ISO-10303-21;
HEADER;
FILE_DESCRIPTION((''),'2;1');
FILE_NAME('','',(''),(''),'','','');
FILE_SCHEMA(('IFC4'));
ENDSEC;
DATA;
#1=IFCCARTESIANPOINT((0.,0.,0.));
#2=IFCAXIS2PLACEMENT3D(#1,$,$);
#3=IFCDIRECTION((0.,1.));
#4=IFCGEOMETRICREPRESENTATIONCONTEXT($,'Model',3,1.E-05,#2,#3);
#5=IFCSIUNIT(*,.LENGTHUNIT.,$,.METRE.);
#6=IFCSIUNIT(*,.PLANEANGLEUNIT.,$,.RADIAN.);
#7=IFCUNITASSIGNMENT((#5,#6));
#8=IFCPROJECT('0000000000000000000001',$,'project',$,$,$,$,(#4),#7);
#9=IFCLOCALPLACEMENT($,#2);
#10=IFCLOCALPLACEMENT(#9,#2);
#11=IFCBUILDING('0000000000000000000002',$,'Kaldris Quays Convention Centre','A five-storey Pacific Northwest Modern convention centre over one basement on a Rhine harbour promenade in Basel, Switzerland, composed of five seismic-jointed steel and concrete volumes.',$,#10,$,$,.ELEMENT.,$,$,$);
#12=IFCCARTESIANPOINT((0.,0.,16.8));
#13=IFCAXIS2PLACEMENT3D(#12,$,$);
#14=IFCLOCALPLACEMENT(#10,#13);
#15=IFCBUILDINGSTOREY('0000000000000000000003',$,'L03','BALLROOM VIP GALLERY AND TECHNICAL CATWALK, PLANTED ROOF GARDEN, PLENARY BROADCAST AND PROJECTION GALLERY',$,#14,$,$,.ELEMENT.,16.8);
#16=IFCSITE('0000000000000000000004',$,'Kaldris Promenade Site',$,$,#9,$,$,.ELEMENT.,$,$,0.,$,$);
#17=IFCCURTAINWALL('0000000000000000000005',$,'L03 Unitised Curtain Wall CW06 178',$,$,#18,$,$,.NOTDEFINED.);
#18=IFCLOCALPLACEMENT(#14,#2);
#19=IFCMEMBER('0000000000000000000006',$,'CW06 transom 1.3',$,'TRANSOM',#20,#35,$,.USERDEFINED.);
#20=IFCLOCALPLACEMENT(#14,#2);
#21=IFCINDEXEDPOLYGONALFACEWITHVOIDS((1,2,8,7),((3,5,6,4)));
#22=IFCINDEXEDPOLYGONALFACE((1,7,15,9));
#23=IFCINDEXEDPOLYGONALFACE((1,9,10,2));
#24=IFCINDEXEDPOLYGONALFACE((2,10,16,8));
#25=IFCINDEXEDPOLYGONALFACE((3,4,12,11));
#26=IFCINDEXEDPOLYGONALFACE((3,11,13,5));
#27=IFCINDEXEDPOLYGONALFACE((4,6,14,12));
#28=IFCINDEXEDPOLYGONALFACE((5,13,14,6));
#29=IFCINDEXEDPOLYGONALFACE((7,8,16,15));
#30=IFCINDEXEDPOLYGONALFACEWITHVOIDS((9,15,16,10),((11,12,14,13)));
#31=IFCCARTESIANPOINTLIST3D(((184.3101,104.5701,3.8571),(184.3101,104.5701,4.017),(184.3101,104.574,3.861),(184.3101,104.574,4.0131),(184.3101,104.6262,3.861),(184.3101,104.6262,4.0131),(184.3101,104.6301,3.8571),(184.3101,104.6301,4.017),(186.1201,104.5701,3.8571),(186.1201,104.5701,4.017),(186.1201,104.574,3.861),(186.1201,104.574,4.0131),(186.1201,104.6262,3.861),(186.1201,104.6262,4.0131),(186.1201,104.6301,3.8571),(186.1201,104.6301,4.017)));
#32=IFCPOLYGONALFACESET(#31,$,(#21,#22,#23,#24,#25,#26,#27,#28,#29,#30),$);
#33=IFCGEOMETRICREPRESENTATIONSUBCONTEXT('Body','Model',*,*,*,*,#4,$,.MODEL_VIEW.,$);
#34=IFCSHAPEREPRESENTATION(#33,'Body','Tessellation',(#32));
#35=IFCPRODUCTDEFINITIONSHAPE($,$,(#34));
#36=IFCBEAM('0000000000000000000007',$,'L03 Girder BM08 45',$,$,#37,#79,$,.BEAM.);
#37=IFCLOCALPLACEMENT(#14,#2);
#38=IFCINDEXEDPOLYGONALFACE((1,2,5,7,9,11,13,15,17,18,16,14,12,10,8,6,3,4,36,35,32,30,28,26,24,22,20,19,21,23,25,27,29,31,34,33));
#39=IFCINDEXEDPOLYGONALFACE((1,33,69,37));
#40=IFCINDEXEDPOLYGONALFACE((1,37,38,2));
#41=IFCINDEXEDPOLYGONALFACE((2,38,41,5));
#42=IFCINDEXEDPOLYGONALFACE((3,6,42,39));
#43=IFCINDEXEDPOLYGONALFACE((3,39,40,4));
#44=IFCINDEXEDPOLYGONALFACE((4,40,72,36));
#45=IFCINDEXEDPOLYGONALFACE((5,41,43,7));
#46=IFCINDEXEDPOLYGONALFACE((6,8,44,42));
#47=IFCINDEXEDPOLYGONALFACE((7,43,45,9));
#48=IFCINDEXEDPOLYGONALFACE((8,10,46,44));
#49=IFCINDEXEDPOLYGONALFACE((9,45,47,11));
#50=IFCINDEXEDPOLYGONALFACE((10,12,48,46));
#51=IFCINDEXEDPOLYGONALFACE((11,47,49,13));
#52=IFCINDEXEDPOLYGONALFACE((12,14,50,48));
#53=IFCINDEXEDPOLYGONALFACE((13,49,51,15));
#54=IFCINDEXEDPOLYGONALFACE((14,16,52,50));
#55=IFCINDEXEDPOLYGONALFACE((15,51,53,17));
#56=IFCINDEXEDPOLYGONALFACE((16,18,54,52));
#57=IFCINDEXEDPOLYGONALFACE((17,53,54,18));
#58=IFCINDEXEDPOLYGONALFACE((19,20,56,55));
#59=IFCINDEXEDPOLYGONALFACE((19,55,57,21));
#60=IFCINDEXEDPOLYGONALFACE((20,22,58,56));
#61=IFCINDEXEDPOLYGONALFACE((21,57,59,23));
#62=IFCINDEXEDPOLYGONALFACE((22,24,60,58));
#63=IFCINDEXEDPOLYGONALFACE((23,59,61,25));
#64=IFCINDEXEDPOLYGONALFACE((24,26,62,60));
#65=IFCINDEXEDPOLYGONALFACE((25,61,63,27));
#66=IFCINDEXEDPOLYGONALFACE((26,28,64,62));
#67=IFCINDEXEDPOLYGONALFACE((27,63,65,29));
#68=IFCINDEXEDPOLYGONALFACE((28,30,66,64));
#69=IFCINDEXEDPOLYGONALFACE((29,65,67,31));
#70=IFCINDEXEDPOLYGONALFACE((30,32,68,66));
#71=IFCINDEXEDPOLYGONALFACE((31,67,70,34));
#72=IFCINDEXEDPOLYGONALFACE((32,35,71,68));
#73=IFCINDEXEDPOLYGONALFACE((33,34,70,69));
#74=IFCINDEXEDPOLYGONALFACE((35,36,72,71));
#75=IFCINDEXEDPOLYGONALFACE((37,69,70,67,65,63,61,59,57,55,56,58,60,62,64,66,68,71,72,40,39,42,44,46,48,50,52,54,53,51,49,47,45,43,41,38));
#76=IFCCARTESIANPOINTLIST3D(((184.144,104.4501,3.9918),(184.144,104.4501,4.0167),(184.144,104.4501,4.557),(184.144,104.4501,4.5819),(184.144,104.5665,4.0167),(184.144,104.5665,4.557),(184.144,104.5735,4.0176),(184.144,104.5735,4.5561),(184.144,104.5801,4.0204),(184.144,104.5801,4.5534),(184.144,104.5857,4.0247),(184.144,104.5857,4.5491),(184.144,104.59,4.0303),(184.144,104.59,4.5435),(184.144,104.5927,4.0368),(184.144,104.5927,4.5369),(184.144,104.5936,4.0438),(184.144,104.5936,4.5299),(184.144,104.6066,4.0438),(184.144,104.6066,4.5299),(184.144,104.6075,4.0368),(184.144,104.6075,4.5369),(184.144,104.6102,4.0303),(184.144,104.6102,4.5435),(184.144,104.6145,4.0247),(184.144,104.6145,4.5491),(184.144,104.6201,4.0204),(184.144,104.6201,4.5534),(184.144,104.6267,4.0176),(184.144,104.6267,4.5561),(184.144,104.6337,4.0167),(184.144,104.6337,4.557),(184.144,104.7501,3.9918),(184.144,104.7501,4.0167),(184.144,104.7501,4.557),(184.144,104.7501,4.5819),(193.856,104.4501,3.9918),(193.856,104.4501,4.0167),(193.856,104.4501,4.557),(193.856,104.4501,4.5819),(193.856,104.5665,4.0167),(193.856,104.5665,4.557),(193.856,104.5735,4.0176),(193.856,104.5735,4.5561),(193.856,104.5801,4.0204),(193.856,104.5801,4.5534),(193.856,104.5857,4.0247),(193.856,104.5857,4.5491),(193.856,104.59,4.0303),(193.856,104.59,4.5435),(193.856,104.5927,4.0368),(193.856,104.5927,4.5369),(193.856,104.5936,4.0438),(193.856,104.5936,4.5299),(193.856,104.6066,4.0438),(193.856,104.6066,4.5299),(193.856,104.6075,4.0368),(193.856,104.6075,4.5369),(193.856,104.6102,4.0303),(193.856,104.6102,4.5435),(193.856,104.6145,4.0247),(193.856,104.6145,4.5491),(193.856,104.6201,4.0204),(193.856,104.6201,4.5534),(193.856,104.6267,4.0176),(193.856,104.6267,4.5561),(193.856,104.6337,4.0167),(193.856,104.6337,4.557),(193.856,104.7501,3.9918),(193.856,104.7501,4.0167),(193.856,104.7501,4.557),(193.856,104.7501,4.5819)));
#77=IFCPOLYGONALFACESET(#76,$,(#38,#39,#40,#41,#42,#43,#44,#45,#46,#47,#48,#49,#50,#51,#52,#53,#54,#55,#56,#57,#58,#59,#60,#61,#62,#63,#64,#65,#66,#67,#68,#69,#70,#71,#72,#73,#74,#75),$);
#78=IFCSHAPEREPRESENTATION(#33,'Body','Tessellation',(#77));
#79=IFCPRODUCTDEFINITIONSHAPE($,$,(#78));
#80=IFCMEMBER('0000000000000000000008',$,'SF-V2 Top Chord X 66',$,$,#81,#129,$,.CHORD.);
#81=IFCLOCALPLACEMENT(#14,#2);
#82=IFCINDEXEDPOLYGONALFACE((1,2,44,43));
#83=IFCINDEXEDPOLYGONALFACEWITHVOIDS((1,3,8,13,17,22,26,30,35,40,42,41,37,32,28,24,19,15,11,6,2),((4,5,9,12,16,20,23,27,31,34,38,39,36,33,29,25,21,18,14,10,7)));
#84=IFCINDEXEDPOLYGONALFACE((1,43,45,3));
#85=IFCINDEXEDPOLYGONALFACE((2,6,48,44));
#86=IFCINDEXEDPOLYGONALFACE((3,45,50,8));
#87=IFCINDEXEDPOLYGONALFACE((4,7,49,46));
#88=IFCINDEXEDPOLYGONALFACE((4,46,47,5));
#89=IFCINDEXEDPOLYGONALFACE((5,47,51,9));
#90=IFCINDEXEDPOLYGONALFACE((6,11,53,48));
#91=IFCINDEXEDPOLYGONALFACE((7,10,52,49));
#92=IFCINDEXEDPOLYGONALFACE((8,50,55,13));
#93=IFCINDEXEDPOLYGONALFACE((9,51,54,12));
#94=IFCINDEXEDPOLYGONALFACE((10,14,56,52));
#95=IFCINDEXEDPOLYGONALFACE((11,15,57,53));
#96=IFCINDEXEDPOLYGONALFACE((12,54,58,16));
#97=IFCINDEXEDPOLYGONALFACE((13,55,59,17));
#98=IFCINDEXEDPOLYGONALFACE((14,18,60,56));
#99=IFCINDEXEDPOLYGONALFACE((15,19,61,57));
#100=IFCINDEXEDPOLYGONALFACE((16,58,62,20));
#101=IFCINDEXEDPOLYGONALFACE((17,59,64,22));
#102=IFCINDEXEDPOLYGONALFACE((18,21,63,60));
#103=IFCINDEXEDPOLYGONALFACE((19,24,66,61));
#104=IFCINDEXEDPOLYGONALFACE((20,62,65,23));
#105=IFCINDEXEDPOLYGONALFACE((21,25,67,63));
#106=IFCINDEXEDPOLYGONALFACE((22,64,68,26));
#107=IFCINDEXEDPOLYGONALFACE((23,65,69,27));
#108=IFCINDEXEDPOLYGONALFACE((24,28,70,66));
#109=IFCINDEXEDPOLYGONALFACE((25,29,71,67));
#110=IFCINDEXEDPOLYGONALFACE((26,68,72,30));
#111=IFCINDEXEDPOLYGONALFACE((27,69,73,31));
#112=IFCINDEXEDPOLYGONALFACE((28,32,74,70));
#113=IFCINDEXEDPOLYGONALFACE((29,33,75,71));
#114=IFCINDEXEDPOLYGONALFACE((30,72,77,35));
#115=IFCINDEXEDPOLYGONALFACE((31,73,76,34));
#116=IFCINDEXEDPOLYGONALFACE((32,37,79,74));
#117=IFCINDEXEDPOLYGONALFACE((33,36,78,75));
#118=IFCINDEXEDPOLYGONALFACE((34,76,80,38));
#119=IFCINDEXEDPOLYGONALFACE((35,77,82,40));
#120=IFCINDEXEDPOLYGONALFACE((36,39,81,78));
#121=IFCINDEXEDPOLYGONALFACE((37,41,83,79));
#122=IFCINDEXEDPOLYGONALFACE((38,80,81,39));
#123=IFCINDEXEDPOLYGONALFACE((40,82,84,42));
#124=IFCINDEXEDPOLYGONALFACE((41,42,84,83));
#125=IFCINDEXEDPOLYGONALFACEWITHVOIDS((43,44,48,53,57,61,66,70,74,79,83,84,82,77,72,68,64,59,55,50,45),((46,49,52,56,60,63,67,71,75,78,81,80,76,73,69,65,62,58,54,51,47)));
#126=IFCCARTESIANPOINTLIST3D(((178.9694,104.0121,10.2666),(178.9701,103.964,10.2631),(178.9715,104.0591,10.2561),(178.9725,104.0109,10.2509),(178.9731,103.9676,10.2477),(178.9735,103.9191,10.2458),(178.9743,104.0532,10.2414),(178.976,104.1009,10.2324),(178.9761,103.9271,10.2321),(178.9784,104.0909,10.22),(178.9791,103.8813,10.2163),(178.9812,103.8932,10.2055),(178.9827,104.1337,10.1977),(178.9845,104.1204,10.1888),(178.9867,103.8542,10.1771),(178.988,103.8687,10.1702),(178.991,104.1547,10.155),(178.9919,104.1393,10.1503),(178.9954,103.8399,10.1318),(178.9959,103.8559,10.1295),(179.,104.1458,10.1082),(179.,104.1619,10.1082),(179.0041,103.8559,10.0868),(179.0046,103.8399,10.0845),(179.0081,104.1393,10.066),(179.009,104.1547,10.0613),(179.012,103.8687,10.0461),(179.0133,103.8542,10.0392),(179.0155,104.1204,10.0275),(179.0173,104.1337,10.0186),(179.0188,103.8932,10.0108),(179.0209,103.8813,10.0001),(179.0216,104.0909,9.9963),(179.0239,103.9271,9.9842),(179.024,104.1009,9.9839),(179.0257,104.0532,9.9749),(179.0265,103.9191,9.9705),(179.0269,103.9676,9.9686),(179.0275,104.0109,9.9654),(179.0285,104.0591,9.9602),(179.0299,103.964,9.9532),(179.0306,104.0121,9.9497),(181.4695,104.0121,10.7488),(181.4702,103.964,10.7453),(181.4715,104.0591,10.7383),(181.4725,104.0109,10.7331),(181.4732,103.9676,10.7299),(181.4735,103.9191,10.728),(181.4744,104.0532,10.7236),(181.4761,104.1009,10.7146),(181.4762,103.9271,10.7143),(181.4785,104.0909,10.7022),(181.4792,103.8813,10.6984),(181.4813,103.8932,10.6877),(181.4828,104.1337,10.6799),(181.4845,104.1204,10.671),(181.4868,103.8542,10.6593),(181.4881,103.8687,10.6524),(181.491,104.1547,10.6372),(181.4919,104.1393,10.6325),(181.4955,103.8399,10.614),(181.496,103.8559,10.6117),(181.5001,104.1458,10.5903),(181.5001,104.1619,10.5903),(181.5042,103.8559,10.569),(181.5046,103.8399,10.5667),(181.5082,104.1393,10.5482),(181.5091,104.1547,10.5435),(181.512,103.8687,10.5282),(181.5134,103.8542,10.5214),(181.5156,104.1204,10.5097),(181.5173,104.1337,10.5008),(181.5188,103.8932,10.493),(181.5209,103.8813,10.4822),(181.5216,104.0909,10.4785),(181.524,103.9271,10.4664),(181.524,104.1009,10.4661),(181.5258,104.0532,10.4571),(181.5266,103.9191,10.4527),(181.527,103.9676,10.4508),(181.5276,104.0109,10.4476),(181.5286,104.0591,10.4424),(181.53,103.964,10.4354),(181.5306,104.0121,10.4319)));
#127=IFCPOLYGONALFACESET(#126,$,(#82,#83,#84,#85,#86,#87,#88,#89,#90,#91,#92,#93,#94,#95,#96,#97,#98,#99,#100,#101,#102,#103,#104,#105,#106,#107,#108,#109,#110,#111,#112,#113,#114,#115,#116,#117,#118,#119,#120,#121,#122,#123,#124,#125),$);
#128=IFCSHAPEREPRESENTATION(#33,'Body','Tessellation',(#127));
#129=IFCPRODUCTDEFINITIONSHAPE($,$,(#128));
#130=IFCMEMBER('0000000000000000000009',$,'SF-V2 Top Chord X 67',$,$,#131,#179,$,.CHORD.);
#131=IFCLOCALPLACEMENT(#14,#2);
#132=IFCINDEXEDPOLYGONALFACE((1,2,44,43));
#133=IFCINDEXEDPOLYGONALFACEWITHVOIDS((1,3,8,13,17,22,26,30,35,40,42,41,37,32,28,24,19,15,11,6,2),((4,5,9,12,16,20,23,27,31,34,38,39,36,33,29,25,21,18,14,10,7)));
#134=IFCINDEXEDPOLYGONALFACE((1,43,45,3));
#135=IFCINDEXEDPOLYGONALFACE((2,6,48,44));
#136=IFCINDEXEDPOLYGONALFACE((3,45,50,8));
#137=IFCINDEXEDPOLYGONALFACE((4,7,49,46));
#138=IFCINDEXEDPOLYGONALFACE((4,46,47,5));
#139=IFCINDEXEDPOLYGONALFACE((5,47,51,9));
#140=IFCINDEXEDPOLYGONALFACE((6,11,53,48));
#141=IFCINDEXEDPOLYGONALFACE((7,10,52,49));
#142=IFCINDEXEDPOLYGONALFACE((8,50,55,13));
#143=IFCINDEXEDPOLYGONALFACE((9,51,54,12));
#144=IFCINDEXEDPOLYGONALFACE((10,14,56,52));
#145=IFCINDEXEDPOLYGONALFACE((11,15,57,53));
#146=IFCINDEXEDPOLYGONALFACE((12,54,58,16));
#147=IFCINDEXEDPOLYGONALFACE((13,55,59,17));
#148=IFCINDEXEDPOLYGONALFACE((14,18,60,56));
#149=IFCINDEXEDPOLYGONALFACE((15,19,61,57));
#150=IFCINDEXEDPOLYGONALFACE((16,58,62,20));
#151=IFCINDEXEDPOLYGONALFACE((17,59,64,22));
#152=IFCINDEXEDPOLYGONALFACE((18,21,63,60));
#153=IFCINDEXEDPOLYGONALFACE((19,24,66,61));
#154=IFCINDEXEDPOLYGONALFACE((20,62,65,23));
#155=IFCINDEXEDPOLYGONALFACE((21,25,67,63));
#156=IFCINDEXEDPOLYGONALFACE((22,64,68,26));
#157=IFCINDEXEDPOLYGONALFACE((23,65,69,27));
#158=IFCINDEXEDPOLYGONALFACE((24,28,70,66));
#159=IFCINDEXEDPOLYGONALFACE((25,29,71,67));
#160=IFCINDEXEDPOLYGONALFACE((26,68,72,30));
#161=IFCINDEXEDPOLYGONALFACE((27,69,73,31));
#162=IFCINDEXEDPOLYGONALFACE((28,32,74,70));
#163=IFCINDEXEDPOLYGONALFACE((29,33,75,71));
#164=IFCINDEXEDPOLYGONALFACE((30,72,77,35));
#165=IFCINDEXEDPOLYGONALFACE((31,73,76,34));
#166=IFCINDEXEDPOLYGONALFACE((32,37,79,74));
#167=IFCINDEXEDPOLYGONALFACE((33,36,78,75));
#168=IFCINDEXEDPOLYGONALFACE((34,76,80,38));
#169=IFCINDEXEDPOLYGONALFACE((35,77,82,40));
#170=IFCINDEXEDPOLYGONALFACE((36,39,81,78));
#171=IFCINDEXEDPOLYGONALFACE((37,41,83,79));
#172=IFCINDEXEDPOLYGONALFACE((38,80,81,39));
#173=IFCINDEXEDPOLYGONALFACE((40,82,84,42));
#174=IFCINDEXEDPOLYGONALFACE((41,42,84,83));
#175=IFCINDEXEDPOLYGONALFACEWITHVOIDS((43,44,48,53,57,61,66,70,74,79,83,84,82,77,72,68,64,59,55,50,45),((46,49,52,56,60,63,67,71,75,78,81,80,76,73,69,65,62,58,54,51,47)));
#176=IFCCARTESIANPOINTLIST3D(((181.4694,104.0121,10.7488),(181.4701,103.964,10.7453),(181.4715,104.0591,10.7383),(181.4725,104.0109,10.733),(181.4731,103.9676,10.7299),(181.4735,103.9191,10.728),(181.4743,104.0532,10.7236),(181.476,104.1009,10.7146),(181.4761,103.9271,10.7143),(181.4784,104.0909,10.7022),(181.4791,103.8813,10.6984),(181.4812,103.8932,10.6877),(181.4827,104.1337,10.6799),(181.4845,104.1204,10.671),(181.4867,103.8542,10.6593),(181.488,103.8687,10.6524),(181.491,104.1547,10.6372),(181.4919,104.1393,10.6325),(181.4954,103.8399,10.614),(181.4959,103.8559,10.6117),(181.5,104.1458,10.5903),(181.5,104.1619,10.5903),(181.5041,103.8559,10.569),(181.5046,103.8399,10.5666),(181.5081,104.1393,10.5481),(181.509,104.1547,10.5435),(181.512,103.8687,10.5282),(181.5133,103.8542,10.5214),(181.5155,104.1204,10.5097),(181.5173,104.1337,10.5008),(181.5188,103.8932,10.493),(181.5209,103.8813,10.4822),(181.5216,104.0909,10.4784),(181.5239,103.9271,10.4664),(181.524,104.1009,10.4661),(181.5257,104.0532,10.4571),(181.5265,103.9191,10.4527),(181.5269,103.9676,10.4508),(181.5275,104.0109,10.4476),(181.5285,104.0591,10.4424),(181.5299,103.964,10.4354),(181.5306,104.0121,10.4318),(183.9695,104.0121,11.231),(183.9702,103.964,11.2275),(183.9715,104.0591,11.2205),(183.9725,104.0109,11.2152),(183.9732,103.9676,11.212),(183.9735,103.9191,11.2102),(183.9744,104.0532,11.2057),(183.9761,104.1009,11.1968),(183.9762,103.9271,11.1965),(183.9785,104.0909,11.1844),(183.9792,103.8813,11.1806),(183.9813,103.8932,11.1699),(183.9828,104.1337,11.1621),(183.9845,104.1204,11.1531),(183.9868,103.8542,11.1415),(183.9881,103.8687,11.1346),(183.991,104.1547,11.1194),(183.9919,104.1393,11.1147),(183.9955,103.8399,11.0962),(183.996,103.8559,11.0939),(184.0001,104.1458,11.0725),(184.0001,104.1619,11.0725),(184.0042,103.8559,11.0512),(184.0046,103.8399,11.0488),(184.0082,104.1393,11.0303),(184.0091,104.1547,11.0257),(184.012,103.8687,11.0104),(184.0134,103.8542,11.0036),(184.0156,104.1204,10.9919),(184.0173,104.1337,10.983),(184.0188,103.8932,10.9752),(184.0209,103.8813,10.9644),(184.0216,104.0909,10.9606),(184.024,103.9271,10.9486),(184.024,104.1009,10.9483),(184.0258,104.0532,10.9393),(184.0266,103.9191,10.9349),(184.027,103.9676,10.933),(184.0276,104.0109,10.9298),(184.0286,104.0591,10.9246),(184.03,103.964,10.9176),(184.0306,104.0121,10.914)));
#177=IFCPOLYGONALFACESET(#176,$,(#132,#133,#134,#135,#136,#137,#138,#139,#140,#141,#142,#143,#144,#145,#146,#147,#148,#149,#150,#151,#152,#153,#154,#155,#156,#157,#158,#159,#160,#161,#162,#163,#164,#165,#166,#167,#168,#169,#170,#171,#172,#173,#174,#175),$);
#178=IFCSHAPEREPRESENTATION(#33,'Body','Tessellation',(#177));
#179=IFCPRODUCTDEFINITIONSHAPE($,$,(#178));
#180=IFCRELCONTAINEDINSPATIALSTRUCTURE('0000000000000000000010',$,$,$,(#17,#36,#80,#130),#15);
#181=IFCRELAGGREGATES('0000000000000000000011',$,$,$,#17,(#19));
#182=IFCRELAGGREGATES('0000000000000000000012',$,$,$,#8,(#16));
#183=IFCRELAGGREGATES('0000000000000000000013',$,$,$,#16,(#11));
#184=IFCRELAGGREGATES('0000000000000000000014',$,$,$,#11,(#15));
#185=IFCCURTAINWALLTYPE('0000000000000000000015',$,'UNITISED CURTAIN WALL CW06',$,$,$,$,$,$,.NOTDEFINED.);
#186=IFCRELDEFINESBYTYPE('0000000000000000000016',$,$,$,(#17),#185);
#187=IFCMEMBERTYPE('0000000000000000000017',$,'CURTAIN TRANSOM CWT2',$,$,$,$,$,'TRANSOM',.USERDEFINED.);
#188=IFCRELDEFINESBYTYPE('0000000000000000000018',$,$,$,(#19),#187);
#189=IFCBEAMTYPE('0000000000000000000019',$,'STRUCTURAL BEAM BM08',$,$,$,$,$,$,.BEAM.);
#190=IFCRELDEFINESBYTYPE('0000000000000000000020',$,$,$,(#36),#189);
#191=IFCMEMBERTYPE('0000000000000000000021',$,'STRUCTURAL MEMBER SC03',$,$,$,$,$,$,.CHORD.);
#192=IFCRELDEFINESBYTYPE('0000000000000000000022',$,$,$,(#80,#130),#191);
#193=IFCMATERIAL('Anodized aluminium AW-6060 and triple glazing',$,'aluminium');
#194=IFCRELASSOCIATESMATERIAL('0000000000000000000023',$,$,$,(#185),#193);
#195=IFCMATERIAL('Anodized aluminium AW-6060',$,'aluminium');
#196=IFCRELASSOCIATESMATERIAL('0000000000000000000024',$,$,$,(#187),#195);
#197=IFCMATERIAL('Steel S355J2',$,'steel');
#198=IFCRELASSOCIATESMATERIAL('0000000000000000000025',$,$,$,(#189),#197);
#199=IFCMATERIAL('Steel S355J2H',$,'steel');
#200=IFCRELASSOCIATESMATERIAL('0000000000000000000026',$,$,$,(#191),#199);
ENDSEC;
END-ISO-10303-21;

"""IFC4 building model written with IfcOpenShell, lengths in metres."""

from ifc_helpers import new_model, si_unit, direction, frame, origin, origin_2d, place, context, subcontext, project, spatial, hollow_rectangle, hollow_circle, i_section, extrude, material, material_profile, profile_set, type_object, element, aggregate, save


model = new_model("IFC4")

# Units and contexts
model_context = context("Model", 3, precision=1e-05, world=origin(), true_north=direction((0.0, 1.0)))
body_context = subcontext(model_context, "Body", "Model", "MODEL_VIEW")
ifc_project = project(units=[si_unit("LENGTHUNIT", "METRE"), si_unit("PLANEANGLEUNIT", "RADIAN")], contexts=[model_context])

# Site, building, storey
site_placement = place(None, origin())
site = spatial("IfcSite", under=ifc_project, at=site_placement, Name="Kaldris Promenade Site", CompositionType="ELEMENT", RefElevation=0.0)
building_placement = place(site_placement, origin())
building = spatial("IfcBuilding", under=site, at=building_placement, Name="Kaldris Quays Convention Centre", Description="A five-storey Pacific Northwest Modern convention centre over one basement on a Rhine harbour promenade in Basel, Switzerland, composed of five seismic-jointed steel and concrete volumes.", CompositionType="ELEMENT")
storey_placement = place(building_placement, frame((0.0, 0.0, 16.8)))
storey = spatial("IfcBuildingStorey", under=building, at=storey_placement, Name="L03", Description="BALLROOM VIP GALLERY AND TECHNICAL CATWALK, PLANTED ROOF GARDEN, PLENARY BROADCAST AND PROJECTION GALLERY", CompositionType="ELEMENT", Elevation=16.8)

# Curtain wall, member
ifc_material_1 = material(Name="Anodized aluminium AW-6060 and triple glazing", Category="aluminium")
curtain_wall_type = type_object("IfcCurtainWallType", Name="UNITISED CURTAIN WALL CW06", PredefinedType="NOTDEFINED", material=ifc_material_1)
curtain_wall_placement = place(storey_placement, origin())
curtain_wall = element("IfcCurtainWall", 1, at=curtain_wall_placement, inside=storey, type_object=curtain_wall_type, Name="L03 Unitised Curtain Wall CW06 178", PredefinedType="NOTDEFINED")
ifc_material_2 = material(Name="Anodized aluminium AW-6060", Category="aluminium")
ifc_material_profile_1 = material_profile(ifc_material_2, hollow_rectangle(XDim=0.0601, YDim=0.1599, WallThickness=0.0039, at=origin_2d()), Name="RHS 160x60x4")
ifc_profile_set_1 = profile_set([ifc_material_profile_1], Name="Anodized aluminium AW-6060")
member_type_1 = type_object("IfcMemberType", Name="CURTAIN TRANSOM CWT2", ElementType="TRANSOM", PredefinedType="USERDEFINED", material=ifc_profile_set_1)
member_1_placement = place(storey_placement, frame((184.3101, 104.6001, 3.937), z_axis=(1.0, 0.0, 0.0), x_axis=(0.0, 1.0, 0.0)))
member_1 = element("IfcMember", 2, at=member_1_placement, type_object=member_type_1, Name="CW06 transom 1.3", ObjectType="TRANSOM", PredefinedType="USERDEFINED", context=body_context, shape_type="SweptSolid", body=[
    extrude(hollow_rectangle(XDim=0.0601, YDim=0.1599, WallThickness=0.0039, at=origin_2d()), origin(), (0.0, 0.0, 1.0), 1.8101),
])
aggregate(curtain_wall, [member_1])

# Beam
ifc_material_3 = material(Name="Steel S355J2", Category="steel")
ifc_material_profile_2 = material_profile(ifc_material_3, i_section(OverallWidth=0.3, OverallDepth=0.5901, WebThickness=0.0129, FlangeThickness=0.0249, FilletRadius=0.0271, at=origin_2d()), Name="HEA 600")
ifc_profile_set_2 = profile_set([ifc_material_profile_2], Name="Steel S355J2")
beam_type = type_object("IfcBeamType", Name="STRUCTURAL BEAM BM08", PredefinedType="BEAM", material=ifc_profile_set_2)
beam_placement = place(storey_placement, frame((184.144, 104.6001, 4.2869), z_axis=(1.0, 0.0, 0.0), x_axis=(0.0, 1.0, 0.0)))
element("IfcBeam", 3, at=beam_placement, inside=storey, type_object=beam_type, Name="L03 Girder BM08 45", PredefinedType="BEAM", context=body_context, shape_type="SweptSolid", body=[
    extrude(i_section(OverallWidth=0.3, OverallDepth=0.5901, WebThickness=0.0129, FlangeThickness=0.0249, FilletRadius=0.0271, at=origin_2d()), origin(), (0.0, 0.0, 1.0), 9.7119),
])

# Members
ifc_material_4 = material(Name="Steel S355J2H", Category="steel")
ifc_material_profile_3 = material_profile(ifc_material_4, hollow_circle(Radius=0.1619, WallThickness=0.0161, at=origin_2d()), Name="CHS 323.9x16")
ifc_profile_set_3 = profile_set([ifc_material_profile_3], Name="Steel S355J2H")
member_type_2 = type_object("IfcMemberType", Name="STRUCTURAL MEMBER SC03", PredefinedType="CHORD", material=ifc_profile_set_3)
for number, where, z_axis, x_axis, name in (
    (4, (179.0, 104.0, 10.1082), (0.981904, 0.0, 0.189381), (0.0, 1.0, 0.0), "SF-V2 Top Chord X 66"),
    (5, (181.5, 104.0, 10.5903), (0.981904, 0.0, 0.189381), (0.0, 1.0, 0.0), "SF-V2 Top Chord X 67"),
):
    element("IfcMember", number, at=place(storey_placement, frame(where, z_axis=z_axis, x_axis=x_axis)), inside=storey, type_object=member_type_2, Name=name, PredefinedType="CHORD", context=body_context, shape_type="SweptSolid", body=[
        extrude(hollow_circle(Radius=0.1619, WallThickness=0.0161, at=origin_2d()), origin(), (0.0, 0.0, 1.0), 2.5461),
    ])

save(model, "model.ifc")
